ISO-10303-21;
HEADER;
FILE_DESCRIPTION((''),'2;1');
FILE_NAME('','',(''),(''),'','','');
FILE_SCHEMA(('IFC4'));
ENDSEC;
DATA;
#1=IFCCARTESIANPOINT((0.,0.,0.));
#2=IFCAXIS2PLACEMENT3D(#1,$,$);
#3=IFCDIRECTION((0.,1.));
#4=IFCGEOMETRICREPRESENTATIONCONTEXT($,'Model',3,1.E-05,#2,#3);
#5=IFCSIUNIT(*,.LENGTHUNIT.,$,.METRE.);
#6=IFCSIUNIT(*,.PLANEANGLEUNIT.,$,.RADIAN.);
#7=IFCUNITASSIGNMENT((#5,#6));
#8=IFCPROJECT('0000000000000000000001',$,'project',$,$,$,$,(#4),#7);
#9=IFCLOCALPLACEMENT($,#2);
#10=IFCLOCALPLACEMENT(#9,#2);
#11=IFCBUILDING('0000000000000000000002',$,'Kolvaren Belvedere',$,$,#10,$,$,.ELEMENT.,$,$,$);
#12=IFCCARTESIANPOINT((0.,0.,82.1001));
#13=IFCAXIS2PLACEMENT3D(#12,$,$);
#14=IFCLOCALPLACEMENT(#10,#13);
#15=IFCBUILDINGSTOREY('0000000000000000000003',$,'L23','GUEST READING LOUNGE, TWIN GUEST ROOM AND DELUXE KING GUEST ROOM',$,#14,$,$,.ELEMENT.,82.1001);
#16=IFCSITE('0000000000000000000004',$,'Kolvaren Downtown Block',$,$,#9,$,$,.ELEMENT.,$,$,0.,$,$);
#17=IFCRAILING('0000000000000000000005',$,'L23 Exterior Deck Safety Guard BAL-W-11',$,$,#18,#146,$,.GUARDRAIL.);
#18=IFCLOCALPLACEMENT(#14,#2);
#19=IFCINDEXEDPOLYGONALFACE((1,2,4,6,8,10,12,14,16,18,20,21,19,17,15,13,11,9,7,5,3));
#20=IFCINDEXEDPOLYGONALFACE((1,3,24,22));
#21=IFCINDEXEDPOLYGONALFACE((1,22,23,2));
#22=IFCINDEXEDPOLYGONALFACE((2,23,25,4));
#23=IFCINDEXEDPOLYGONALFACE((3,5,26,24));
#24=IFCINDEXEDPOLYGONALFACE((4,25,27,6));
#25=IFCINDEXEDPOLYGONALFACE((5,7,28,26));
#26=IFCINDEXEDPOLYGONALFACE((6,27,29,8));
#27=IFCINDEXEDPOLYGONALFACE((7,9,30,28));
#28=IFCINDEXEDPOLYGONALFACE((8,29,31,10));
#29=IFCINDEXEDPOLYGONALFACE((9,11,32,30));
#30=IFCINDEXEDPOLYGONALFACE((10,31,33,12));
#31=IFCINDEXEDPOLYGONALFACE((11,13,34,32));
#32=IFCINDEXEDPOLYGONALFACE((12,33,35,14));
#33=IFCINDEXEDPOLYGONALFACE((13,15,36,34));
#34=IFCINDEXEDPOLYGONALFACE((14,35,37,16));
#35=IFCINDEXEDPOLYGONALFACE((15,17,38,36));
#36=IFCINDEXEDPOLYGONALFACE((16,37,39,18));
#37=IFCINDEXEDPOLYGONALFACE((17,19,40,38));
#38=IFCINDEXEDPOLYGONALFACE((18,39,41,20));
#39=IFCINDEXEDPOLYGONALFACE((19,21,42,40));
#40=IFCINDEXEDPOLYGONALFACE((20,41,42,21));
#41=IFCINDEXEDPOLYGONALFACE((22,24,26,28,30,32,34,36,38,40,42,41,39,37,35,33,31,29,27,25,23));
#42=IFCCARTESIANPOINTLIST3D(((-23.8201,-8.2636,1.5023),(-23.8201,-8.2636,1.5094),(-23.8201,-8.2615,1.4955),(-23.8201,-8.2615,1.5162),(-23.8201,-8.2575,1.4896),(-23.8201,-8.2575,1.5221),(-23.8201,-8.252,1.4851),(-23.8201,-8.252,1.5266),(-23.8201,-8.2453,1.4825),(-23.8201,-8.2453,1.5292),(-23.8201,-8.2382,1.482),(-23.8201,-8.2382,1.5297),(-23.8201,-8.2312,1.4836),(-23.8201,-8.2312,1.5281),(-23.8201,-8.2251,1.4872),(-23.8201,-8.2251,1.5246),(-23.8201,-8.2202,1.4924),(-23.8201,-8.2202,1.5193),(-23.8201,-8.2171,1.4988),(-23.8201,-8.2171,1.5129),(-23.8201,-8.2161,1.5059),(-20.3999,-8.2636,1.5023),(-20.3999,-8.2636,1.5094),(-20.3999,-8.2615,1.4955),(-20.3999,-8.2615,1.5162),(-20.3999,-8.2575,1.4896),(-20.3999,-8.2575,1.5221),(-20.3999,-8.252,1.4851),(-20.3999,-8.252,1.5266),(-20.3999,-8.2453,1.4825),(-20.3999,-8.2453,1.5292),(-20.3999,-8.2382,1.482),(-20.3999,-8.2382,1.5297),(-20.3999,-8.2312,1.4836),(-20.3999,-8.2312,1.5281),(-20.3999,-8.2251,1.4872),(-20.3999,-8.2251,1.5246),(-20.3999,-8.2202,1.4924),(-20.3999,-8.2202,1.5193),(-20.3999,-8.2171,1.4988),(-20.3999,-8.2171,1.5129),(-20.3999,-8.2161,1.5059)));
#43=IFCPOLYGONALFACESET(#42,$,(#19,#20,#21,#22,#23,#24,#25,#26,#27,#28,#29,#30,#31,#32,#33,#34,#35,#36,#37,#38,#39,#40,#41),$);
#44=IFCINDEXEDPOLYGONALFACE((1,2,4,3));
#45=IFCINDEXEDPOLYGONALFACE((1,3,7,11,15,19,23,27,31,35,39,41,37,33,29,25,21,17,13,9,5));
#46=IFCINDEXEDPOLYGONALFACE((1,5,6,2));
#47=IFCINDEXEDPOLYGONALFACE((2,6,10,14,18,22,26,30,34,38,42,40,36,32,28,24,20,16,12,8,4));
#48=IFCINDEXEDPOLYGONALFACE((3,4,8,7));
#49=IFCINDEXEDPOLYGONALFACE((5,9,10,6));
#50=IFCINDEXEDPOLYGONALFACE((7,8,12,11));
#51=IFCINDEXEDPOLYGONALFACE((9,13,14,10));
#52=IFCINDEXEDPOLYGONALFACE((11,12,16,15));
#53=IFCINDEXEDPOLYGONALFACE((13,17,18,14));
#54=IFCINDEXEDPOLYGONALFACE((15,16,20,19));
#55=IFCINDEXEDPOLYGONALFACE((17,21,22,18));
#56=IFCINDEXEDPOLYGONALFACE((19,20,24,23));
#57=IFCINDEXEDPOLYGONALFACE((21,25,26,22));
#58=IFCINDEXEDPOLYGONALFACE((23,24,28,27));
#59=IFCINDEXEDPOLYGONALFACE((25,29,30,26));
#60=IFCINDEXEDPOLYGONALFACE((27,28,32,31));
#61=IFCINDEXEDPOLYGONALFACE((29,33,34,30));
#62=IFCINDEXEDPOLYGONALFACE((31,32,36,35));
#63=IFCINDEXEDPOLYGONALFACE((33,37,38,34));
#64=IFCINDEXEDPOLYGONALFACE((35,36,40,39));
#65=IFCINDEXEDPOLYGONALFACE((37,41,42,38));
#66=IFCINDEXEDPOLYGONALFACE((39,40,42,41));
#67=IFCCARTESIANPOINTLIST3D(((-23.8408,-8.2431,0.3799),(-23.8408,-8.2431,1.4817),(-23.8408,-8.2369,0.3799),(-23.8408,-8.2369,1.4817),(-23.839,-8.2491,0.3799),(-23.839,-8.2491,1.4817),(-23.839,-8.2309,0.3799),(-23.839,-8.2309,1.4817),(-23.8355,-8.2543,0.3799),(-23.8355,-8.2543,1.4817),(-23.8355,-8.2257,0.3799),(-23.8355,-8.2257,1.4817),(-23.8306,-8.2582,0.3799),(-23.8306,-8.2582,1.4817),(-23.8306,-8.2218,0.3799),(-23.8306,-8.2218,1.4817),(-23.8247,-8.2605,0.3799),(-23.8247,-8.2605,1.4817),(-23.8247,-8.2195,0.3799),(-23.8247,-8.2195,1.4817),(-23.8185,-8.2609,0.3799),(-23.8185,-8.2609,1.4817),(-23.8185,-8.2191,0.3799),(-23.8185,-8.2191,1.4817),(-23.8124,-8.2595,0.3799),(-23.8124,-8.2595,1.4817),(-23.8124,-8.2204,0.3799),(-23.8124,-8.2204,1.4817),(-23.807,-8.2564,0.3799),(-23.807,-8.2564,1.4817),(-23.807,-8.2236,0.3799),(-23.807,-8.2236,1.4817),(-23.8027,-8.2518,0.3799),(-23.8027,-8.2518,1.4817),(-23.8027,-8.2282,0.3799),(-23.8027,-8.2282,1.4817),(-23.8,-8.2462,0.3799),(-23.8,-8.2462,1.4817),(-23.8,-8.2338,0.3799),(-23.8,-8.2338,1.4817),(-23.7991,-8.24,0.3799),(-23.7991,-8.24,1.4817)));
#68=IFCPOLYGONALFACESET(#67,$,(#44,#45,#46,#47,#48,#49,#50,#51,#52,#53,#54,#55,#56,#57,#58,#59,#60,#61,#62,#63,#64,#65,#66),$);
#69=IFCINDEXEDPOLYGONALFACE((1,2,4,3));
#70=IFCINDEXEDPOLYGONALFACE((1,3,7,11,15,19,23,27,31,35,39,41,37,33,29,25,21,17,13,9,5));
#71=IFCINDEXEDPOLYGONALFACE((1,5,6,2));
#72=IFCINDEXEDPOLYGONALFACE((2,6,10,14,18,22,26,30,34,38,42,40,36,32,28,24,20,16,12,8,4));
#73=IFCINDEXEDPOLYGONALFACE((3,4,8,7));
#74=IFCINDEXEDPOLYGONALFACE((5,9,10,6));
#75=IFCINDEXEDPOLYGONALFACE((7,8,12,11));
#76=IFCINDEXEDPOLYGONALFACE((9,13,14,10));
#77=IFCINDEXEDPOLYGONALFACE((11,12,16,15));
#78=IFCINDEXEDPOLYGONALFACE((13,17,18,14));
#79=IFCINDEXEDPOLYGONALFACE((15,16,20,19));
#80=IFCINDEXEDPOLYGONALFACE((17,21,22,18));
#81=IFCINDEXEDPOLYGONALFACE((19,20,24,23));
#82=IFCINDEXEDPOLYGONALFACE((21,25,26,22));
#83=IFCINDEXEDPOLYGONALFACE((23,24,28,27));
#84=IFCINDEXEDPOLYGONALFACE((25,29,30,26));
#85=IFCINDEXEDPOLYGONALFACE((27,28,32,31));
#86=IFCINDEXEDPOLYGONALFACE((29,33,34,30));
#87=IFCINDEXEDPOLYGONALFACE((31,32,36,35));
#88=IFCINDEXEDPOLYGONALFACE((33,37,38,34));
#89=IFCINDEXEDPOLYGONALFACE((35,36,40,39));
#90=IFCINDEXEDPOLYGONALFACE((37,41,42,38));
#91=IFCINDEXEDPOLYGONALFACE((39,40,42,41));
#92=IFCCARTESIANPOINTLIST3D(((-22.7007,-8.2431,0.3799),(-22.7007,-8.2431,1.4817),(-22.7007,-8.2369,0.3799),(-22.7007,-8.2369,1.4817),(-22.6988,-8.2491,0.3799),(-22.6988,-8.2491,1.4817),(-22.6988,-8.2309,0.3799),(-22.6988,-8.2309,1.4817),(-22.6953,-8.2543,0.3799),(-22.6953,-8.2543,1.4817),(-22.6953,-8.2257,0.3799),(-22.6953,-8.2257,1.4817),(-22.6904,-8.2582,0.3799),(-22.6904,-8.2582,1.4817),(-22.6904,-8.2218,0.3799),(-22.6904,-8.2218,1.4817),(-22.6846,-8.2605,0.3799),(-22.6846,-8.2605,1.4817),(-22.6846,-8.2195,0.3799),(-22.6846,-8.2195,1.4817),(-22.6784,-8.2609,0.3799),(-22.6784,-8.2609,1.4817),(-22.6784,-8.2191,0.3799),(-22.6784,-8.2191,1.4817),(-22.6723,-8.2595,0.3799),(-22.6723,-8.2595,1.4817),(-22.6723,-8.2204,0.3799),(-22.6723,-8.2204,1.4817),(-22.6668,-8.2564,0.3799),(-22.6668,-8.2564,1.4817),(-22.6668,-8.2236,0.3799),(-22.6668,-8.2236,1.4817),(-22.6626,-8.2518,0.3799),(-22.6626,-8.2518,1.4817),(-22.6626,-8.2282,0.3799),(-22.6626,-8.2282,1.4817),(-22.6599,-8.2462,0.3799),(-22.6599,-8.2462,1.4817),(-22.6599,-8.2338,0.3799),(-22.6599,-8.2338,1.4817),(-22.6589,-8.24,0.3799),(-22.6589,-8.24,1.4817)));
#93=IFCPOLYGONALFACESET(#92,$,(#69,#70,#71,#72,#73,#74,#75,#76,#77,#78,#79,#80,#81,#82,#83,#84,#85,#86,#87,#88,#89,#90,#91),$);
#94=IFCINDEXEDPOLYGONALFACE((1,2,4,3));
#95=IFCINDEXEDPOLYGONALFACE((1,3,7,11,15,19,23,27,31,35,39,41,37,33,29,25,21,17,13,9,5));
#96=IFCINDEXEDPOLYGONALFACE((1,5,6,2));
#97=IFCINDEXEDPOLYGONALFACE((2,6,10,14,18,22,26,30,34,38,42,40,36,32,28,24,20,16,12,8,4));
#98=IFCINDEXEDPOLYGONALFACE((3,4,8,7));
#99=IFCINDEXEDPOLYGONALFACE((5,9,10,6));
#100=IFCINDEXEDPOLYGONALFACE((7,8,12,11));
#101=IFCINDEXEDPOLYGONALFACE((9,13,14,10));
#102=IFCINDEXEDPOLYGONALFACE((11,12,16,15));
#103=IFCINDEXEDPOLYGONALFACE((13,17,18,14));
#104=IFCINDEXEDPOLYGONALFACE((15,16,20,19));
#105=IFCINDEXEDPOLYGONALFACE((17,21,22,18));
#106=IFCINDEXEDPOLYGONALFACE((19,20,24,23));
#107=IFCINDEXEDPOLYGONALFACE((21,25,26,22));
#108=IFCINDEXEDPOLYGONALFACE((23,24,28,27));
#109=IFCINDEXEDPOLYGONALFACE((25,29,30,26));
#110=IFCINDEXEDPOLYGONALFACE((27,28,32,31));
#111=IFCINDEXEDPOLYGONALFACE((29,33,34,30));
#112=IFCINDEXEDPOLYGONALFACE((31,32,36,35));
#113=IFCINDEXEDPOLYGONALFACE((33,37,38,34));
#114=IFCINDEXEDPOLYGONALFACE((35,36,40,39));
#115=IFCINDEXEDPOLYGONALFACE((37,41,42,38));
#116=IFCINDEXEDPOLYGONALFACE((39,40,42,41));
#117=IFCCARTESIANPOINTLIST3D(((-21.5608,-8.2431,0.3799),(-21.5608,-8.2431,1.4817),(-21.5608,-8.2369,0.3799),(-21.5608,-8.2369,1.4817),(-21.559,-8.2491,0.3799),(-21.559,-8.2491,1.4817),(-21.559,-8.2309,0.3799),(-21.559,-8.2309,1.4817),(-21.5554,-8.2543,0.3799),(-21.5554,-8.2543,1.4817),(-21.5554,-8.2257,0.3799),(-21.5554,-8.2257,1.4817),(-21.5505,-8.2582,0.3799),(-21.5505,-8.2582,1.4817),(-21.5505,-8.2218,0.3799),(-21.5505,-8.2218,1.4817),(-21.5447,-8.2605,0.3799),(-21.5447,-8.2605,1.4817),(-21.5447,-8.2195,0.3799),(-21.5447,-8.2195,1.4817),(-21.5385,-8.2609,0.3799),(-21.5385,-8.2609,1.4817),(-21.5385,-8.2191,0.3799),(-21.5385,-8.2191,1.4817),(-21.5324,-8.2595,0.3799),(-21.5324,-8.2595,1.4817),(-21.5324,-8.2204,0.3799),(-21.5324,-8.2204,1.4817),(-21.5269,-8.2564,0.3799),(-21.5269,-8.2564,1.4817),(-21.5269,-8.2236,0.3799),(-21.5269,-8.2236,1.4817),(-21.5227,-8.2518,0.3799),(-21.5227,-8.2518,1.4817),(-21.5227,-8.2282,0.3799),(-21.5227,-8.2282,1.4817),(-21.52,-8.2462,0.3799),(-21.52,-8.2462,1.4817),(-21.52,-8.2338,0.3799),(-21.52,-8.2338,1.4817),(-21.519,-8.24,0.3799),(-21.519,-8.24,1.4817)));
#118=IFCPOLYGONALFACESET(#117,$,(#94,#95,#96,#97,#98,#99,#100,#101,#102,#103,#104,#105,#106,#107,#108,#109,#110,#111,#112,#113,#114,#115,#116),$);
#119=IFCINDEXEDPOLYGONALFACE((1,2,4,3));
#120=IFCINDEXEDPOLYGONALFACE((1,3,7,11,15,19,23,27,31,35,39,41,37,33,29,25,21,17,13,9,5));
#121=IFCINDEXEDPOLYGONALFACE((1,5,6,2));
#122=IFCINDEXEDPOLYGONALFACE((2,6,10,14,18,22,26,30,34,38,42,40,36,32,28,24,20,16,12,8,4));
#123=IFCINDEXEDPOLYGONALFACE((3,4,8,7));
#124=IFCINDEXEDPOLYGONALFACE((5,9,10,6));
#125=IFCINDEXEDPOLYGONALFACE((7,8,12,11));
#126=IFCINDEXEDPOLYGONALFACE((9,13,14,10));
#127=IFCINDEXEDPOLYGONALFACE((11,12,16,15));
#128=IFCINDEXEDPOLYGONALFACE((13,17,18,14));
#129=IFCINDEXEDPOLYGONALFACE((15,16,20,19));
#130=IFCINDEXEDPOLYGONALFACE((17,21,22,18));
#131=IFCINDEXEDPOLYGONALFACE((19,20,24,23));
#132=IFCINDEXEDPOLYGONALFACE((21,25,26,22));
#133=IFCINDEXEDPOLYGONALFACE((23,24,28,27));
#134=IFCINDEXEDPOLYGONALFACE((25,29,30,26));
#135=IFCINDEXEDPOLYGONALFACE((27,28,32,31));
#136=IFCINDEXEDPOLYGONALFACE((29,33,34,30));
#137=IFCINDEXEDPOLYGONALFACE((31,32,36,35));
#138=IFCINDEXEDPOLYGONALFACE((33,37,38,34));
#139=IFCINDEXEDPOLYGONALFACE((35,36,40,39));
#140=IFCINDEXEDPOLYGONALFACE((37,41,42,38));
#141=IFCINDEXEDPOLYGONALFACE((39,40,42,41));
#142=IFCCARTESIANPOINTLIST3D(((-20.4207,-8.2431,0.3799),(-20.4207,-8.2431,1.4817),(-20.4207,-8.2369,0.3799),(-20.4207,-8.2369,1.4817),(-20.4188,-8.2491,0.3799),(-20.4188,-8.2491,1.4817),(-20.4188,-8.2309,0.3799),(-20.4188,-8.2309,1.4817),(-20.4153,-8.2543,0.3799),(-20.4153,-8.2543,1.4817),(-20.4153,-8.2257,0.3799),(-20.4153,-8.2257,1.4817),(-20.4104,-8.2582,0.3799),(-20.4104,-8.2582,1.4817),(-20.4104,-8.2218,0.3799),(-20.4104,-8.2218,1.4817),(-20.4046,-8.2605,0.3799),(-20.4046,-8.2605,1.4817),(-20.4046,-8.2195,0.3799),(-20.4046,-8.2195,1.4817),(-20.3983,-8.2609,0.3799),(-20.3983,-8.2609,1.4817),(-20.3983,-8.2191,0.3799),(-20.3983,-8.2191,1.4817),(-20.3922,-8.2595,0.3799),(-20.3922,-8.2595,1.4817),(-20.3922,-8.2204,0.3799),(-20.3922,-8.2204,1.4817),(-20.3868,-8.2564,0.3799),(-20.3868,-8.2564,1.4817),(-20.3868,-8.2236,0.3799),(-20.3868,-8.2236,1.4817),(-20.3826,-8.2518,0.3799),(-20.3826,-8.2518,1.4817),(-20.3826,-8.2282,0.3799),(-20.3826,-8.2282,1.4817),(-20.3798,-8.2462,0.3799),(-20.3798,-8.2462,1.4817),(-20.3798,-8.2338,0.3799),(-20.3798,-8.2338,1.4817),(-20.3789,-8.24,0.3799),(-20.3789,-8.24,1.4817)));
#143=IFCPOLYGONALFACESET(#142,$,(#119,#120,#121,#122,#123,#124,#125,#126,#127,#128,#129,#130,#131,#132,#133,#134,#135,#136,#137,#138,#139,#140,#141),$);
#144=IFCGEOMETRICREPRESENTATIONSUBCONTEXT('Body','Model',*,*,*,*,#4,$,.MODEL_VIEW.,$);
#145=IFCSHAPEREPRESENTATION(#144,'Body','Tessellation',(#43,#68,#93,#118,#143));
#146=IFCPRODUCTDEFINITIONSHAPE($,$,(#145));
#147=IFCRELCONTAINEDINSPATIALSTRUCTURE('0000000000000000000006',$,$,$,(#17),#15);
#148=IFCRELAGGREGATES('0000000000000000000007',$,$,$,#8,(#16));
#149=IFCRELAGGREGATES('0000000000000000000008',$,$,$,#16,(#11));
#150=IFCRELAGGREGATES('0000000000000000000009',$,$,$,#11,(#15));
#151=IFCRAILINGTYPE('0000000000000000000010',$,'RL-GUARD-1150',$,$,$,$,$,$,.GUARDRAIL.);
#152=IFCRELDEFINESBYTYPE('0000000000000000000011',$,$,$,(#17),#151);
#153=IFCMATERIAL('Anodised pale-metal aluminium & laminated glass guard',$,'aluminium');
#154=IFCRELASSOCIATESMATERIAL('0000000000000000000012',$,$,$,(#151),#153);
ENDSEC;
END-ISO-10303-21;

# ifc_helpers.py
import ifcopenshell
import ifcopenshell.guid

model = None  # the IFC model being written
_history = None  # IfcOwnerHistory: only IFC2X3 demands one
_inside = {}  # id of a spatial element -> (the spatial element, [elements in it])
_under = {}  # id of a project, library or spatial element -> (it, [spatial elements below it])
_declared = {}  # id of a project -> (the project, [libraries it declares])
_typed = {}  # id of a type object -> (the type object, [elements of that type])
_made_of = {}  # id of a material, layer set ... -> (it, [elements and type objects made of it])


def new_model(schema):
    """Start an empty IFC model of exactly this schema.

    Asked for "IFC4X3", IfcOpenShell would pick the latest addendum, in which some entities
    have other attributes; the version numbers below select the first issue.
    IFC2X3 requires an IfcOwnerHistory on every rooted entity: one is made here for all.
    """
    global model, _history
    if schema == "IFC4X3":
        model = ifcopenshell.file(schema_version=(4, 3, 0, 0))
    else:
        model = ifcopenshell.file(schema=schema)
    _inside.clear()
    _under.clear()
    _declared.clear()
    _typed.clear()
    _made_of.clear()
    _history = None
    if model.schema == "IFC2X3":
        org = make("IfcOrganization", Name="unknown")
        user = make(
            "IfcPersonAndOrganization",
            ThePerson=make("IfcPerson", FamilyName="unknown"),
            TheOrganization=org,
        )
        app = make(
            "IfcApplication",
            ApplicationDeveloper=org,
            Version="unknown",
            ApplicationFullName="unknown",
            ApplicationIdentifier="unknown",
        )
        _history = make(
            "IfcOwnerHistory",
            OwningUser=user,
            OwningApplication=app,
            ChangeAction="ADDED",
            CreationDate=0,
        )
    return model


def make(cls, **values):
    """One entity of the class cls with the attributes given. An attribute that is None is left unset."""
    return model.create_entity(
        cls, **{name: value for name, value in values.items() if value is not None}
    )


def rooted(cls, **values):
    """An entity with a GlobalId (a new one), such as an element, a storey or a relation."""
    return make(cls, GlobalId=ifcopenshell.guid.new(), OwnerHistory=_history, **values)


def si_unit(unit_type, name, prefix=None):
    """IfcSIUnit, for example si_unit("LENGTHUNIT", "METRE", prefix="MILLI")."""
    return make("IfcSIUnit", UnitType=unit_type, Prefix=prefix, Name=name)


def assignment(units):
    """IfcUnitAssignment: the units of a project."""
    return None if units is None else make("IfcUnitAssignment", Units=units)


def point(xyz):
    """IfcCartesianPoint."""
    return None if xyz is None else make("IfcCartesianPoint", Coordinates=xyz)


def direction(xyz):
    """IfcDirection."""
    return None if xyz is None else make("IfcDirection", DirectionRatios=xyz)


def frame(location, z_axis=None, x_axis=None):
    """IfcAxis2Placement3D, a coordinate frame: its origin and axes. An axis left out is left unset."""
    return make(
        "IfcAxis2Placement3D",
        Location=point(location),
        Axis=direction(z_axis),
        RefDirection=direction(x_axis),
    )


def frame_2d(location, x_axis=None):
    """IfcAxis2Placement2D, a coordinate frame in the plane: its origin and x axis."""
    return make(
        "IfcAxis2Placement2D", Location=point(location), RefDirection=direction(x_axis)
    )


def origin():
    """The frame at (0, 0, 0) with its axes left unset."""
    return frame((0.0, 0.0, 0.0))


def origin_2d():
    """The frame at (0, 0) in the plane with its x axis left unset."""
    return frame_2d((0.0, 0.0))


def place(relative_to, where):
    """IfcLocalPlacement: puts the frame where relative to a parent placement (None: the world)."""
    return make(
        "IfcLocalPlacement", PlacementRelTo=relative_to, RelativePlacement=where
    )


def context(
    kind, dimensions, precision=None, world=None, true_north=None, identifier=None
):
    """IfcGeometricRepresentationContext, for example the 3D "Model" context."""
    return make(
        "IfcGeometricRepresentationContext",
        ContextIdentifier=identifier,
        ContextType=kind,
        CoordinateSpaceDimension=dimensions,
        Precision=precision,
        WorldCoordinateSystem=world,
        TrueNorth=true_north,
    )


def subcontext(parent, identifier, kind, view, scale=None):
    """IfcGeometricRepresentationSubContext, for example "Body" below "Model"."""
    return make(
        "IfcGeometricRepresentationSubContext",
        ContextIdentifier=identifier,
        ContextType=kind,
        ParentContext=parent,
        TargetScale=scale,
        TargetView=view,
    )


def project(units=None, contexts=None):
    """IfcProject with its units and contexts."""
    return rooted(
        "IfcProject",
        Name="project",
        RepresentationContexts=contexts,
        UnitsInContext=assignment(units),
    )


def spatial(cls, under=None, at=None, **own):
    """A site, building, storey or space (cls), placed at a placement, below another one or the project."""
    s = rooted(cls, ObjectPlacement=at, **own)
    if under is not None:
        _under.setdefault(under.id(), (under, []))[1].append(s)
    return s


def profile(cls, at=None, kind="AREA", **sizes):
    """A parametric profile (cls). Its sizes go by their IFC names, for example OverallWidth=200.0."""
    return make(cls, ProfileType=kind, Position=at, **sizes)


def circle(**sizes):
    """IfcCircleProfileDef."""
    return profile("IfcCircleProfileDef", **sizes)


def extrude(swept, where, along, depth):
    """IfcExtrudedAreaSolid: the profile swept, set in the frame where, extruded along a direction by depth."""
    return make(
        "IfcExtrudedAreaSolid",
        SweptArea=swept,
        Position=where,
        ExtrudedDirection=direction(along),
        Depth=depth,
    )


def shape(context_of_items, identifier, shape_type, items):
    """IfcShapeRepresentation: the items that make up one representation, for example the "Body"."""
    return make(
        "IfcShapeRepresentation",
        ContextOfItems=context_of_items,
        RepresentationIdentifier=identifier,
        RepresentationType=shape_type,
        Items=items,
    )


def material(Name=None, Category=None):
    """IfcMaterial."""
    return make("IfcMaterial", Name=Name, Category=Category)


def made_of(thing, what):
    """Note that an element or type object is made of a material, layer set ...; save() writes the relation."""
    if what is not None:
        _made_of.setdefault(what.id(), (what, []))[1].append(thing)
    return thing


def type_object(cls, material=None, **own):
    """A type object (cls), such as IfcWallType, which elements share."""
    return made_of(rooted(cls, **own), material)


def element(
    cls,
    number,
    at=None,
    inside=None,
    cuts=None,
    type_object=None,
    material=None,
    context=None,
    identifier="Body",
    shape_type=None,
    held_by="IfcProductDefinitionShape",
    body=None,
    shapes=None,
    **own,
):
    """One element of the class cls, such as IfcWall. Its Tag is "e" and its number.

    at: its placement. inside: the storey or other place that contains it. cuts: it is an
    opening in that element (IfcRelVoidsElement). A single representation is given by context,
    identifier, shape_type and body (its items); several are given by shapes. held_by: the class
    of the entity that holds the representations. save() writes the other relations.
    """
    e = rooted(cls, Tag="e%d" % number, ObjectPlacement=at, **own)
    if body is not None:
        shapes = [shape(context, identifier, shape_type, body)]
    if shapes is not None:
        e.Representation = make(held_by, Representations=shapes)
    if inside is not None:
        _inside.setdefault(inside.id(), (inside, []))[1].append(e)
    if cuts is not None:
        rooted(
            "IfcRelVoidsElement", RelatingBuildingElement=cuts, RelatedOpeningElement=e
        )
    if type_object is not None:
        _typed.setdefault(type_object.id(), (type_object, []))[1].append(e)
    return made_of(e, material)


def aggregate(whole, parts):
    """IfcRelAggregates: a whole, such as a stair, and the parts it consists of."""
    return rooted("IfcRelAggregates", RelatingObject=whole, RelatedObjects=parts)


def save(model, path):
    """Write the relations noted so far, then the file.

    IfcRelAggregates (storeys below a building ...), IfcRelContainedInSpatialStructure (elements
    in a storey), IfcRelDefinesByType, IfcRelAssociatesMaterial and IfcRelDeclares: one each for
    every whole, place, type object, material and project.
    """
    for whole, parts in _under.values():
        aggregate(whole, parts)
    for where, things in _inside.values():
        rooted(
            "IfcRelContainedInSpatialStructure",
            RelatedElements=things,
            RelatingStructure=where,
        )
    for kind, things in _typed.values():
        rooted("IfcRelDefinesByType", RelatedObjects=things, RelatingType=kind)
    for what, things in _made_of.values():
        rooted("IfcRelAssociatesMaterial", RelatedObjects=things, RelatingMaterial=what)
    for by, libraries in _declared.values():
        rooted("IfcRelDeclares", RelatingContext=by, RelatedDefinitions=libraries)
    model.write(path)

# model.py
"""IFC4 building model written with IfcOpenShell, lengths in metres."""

from ifc_helpers import new_model, si_unit, direction, frame, origin, origin_2d, place, context, subcontext, project, spatial, circle, extrude, material, type_object, element, save


model = new_model("IFC4")

# Units and contexts
model_context = context("Model", 3, precision=1e-05, world=origin(), true_north=direction((0.0, 1.0)))
body_context = subcontext(model_context, "Body", "Model", "MODEL_VIEW")
ifc_project = project(units=[si_unit("LENGTHUNIT", "METRE"), si_unit("PLANEANGLEUNIT", "RADIAN")], contexts=[model_context])

# Site, building, storey
site_placement = place(None, origin())
site = spatial("IfcSite", under=ifc_project, at=site_placement, Name="Kolvaren Downtown Block", CompositionType="ELEMENT", RefElevation=0.0)
building_placement = place(site_placement, origin())
building = spatial("IfcBuilding", under=site, at=building_placement, Name="Kolvaren Belvedere", CompositionType="ELEMENT")
storey_placement = place(building_placement, frame((0.0, 0.0, 82.1001)))
storey = spatial("IfcBuildingStorey", under=building, at=storey_placement, Name="L23", Description="GUEST READING LOUNGE, TWIN GUEST ROOM AND DELUXE KING GUEST ROOM", CompositionType="ELEMENT", Elevation=82.1001)

# Railing
ifc_material_1 = material(Name="Anodised pale-metal aluminium & laminated glass guard", Category="aluminium")
railing_type = type_object("IfcRailingType", Name="RL-GUARD-1150", PredefinedType="GUARDRAIL", material=ifc_material_1)
railing_1_placement = place(storey_placement, frame((-23.8201, -8.24, 0.3799)))
element("IfcRailing", 1, at=railing_1_placement, inside=storey, type_object=railing_type, Name="L23 Exterior Deck Safety Guard BAL-W-11", PredefinedType="GUARDRAIL", context=body_context, shape_type="SweptSolid", body=[
    extrude(circle(Radius=0.0239, at=origin_2d()), frame((0.0, 0.0, 1.126), z_axis=(1.0, 0.0, 0.0), x_axis=(0.0, 1.0, 0.0)), (0.0, 0.0, 1.0), 3.4202),
    extrude(circle(Radius=0.021, at=origin_2d()), origin(), (0.0, 0.0, 1.0), 1.1018),
    extrude(circle(Radius=0.021, at=origin_2d()), frame((1.1401, 0.0, 0.0)), (0.0, 0.0, 1.0), 1.1018),
    extrude(circle(Radius=0.021, at=origin_2d()), frame((2.28, 0.0, 0.0)), (0.0, 0.0, 1.0), 1.1018),
    extrude(circle(Radius=0.021, at=origin_2d()), frame((3.4202, 0.0, 0.0)), (0.0, 0.0, 1.0), 1.1018),
])

save(model, "model.ifc")
